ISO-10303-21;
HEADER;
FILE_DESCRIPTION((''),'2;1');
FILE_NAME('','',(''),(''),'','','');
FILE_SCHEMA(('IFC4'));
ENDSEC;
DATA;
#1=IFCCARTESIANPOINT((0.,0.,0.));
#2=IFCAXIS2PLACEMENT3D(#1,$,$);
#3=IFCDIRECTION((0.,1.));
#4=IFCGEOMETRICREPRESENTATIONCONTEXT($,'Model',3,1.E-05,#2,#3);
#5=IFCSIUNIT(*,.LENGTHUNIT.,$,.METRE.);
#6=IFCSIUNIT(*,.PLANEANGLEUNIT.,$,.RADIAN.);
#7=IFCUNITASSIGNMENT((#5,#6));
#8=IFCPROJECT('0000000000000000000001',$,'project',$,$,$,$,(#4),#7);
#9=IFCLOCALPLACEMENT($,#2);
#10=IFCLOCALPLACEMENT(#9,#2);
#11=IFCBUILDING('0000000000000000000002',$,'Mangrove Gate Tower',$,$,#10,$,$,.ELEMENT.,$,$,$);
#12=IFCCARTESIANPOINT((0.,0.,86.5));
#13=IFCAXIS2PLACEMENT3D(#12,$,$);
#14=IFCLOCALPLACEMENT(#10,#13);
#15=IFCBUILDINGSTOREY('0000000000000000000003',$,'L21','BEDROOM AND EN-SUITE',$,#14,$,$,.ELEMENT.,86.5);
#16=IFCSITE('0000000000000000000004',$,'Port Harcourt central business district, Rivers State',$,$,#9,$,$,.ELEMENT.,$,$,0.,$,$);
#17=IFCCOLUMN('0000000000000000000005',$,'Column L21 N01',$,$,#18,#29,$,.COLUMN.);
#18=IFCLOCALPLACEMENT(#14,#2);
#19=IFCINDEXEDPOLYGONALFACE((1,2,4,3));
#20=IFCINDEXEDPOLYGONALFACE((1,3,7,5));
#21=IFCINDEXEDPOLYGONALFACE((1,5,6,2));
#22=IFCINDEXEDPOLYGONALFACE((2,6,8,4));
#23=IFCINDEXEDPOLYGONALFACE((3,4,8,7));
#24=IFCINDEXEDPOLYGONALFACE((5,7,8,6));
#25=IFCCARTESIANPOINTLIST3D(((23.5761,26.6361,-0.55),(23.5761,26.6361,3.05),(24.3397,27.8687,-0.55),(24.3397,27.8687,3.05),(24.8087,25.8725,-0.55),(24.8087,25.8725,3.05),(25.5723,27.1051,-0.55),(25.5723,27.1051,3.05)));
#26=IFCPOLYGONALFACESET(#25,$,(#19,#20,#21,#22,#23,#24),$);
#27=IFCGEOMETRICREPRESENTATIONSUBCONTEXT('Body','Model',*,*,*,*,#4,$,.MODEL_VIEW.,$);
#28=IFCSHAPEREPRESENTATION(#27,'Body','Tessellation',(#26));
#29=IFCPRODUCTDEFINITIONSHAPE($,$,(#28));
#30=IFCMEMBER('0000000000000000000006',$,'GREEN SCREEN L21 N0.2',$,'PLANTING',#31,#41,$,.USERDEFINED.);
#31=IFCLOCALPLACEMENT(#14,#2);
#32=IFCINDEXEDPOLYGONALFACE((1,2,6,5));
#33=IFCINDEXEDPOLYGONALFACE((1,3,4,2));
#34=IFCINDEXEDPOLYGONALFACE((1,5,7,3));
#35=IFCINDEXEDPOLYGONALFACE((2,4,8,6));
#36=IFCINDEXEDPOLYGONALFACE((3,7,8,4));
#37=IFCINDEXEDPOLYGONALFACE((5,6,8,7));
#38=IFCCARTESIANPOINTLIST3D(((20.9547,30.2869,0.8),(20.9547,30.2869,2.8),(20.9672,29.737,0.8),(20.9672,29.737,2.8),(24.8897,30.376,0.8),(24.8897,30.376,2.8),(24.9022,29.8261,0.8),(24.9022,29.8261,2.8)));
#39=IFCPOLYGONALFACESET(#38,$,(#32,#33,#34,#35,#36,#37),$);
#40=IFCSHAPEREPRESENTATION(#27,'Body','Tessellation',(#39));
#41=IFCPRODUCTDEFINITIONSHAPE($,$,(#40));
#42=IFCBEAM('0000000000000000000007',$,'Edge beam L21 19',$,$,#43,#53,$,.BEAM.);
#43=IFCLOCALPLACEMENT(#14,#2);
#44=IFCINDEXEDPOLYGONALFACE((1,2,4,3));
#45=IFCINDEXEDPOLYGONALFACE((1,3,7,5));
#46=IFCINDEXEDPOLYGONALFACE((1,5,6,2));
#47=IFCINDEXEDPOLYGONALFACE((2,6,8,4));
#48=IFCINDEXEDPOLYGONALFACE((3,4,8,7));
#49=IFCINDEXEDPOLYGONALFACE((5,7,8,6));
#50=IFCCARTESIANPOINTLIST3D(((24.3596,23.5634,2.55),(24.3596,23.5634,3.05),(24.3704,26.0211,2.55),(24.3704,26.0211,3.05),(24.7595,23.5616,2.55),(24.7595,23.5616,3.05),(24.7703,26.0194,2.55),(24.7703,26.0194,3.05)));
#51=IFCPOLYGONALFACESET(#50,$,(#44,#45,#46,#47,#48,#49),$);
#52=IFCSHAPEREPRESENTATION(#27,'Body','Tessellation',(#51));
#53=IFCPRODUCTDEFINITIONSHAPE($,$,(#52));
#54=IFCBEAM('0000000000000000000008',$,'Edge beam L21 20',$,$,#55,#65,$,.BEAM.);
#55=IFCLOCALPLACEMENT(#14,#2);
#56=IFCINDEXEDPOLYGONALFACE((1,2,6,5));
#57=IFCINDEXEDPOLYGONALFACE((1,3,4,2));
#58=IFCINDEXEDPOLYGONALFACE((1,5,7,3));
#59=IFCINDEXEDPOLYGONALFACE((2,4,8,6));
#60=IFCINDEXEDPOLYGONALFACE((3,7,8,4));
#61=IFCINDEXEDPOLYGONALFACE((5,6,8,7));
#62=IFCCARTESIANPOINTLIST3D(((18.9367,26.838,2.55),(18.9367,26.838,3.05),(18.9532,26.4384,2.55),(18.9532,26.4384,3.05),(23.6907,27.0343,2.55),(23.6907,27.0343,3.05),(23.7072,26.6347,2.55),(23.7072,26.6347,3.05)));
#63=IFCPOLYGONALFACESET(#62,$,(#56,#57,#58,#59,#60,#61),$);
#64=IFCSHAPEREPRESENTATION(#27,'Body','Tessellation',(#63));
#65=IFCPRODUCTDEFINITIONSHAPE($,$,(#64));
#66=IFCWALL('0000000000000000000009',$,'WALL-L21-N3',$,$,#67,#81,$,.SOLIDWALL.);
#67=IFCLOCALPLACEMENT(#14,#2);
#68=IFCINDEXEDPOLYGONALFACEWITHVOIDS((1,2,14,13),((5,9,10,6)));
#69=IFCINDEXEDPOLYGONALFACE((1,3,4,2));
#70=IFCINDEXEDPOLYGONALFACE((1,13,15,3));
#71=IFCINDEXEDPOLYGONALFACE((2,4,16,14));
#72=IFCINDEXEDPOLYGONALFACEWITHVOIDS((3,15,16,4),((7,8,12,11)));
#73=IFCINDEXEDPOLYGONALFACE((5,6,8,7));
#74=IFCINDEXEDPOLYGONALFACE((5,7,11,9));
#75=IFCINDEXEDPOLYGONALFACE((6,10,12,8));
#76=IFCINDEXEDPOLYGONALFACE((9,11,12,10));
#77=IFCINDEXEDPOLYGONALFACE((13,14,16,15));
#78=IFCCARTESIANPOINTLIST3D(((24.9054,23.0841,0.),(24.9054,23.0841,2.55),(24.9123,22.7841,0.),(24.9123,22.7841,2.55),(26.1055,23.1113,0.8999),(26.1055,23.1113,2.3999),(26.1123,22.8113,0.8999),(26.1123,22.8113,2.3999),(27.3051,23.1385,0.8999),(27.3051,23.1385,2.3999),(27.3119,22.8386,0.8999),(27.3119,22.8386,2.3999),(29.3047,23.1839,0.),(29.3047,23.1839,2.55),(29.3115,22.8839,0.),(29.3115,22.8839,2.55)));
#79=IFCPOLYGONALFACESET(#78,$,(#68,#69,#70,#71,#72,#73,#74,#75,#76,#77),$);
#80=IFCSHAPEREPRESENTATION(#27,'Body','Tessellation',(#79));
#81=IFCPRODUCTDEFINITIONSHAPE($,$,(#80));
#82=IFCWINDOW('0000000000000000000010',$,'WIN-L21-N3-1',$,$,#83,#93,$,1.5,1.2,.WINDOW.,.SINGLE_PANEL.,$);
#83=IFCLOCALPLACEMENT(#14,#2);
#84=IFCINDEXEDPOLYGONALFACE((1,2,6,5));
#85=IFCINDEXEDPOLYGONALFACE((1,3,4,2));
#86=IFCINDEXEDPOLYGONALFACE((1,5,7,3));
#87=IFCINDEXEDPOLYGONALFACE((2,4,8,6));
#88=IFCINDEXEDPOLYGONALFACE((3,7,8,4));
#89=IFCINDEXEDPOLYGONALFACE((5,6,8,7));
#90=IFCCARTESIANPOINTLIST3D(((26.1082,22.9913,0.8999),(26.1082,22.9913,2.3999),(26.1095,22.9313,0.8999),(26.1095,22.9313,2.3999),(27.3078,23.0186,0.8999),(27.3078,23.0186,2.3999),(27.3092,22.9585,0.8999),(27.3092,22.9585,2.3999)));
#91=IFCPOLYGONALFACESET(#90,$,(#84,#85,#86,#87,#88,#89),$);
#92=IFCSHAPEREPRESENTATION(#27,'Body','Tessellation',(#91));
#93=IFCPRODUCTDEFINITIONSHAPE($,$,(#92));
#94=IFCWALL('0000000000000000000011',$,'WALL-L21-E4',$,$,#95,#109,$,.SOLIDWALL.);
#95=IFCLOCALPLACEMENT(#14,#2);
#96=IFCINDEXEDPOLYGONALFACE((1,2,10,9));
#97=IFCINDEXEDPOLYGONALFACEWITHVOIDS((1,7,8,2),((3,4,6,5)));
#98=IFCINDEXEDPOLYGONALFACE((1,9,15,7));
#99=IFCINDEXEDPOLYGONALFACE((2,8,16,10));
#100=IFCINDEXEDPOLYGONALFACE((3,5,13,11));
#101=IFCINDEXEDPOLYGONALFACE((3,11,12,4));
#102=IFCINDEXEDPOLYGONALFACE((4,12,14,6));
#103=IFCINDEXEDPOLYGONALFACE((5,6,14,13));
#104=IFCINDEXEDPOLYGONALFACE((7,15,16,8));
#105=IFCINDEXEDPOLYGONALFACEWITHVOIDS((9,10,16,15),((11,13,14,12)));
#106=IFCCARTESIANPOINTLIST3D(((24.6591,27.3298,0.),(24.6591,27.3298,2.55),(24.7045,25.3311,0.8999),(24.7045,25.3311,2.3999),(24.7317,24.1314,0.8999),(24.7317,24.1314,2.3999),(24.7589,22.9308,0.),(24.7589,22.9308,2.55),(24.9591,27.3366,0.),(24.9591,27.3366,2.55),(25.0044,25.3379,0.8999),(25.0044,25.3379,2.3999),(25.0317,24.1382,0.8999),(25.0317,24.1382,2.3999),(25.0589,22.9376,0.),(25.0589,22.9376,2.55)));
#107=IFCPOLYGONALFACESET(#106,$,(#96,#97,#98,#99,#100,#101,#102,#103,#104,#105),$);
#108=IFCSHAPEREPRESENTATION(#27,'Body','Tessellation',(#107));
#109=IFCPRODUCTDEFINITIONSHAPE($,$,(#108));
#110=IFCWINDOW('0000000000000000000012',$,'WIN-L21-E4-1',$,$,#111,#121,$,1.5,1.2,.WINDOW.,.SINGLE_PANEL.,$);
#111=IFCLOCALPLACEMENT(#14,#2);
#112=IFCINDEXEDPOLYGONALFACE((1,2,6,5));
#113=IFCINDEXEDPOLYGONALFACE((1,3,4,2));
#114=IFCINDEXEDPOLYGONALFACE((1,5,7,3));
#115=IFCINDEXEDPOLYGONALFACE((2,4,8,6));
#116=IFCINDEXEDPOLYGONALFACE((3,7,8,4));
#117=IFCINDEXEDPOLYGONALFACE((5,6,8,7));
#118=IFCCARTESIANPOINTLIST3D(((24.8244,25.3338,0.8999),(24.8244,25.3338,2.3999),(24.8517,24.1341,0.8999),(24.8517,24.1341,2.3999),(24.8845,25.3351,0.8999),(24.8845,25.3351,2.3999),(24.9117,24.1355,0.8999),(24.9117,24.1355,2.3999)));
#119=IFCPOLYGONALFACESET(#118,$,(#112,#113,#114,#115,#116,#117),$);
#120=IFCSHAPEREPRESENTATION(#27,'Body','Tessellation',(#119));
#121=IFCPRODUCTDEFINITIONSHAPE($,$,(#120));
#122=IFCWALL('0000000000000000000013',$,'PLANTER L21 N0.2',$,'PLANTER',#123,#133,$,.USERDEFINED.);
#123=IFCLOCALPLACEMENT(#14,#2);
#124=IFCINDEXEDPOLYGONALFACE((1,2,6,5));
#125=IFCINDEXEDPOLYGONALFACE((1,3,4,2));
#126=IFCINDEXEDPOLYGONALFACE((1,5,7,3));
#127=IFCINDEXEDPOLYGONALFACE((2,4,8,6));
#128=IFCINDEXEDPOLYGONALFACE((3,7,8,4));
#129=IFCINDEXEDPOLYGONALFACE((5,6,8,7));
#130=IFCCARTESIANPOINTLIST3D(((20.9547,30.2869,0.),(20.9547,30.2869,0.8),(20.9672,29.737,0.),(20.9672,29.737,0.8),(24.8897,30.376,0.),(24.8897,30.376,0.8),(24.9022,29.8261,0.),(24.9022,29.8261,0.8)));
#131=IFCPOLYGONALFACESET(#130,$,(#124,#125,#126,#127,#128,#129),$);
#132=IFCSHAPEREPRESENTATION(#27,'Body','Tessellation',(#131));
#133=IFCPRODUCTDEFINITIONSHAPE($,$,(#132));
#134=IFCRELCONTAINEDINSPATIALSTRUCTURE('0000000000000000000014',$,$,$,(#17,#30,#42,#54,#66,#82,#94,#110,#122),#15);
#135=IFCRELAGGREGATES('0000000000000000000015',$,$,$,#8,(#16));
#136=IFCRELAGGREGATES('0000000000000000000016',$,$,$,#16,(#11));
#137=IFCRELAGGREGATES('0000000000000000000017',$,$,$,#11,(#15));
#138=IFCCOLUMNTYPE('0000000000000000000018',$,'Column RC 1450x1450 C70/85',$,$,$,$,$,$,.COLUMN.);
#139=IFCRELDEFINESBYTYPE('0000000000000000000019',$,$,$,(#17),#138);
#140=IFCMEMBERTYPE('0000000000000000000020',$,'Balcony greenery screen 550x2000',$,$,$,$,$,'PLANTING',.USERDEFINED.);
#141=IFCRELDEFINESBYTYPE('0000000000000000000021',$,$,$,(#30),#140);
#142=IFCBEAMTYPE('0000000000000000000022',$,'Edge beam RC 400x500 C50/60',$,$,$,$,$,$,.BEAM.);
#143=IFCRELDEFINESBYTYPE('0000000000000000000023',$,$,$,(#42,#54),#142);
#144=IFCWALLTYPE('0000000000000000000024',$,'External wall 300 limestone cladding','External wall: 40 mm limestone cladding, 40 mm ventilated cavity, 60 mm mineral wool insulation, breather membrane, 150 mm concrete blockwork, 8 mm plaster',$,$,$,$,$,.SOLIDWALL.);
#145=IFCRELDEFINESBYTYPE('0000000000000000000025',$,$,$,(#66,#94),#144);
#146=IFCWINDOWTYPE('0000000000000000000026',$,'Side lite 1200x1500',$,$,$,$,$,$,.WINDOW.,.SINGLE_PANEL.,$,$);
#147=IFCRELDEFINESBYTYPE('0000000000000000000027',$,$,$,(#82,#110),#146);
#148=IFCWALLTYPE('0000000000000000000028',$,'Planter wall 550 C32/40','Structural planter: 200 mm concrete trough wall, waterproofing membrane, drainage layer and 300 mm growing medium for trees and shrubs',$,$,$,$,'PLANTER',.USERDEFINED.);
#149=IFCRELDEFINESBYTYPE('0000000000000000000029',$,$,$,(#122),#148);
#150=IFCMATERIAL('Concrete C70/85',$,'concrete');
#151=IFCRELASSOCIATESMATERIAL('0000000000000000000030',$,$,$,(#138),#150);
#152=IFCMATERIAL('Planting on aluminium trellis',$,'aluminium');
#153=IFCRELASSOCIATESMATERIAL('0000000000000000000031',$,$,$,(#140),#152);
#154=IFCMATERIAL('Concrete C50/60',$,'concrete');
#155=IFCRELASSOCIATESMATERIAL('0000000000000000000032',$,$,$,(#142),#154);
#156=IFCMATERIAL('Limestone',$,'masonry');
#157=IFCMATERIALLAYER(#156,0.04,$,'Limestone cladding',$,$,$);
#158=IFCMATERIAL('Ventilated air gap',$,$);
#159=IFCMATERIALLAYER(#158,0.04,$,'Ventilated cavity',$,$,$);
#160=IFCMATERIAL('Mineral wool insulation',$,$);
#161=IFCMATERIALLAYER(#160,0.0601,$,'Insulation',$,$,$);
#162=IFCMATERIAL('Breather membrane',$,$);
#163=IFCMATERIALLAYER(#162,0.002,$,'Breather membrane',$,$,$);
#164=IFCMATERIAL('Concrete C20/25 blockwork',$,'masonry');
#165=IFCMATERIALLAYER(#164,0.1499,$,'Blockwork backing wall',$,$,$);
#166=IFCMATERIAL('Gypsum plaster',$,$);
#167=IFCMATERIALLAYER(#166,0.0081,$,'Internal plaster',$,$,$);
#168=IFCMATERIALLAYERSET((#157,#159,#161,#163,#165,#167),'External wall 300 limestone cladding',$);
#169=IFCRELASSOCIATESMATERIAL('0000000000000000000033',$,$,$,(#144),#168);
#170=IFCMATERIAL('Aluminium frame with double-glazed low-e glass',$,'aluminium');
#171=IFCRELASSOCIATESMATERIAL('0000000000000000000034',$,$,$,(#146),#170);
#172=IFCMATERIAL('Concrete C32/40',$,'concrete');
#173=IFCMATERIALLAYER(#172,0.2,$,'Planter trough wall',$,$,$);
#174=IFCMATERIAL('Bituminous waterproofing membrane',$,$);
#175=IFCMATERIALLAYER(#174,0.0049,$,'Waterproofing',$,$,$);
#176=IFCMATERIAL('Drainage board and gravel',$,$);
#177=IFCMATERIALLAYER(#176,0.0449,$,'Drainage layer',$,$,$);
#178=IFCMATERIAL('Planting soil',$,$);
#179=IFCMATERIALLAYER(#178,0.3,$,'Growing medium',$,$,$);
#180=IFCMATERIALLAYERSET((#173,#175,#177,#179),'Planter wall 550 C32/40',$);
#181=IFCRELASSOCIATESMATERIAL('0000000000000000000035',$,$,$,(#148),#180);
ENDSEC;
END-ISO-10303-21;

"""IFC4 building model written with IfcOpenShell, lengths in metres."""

from ifc_helpers import new_model, si_unit, direction, frame, frame_2d, origin, origin_2d, place, context, subcontext, project, spatial, rectangle, extrude, material, layer, layer_set, material_profile, profile_set, type_object, element, fill, save


model = new_model("IFC4")

# Units and contexts
model_context = context("Model", 3, precision=1e-05, world=origin(), true_north=direction((0.0, 1.0)))
body_context = subcontext(model_context, "Body", "Model", "MODEL_VIEW")
ifc_project = project(units=[si_unit("LENGTHUNIT", "METRE"), si_unit("PLANEANGLEUNIT", "RADIAN")], contexts=[model_context])

# Site, building, storey
site_placement = place(None, origin())
site = spatial("IfcSite", under=ifc_project, at=site_placement, Name="Port Harcourt central business district, Rivers State", CompositionType="ELEMENT", RefElevation=0.0)
building_placement = place(site_placement, origin())
building = spatial("IfcBuilding", under=site, at=building_placement, Name="Mangrove Gate Tower", CompositionType="ELEMENT")
storey_placement = place(building_placement, frame((0.0, 0.0, 86.5)))
storey = spatial("IfcBuildingStorey", under=building, at=storey_placement, Name="L21", Description="BEDROOM AND EN-SUITE", CompositionType="ELEMENT", Elevation=86.5)

# Column
ifc_material_1 = material(Name="Concrete C70/85", Category="concrete")
ifc_material_profile_1 = material_profile(ifc_material_1, rectangle(XDim=1.45, YDim=1.45, at=origin_2d()))
ifc_profile_set_1 = profile_set([ifc_material_profile_1], Name="Concrete C70/85")
column_type = type_object("IfcColumnType", Name="Column RC 1450x1450 C70/85", PredefinedType="COLUMN", material=ifc_profile_set_1)
column_placement = place(storey_placement, frame((24.5742, 26.8706, -0.55), z_axis=(0.0, 0.0, 1.0), x_axis=(-0.850083, 0.526649, 0.0)))
element("IfcColumn", 1, at=column_placement, inside=storey, type_object=column_type, Name="Column L21 N01", PredefinedType="COLUMN", context=body_context, shape_type="SweptSolid", body=[
    extrude(rectangle(XDim=1.45, YDim=1.45, at=origin_2d()), origin(), (0.0, 0.0, 1.0), 3.6001),
])

# Member
ifc_material_2 = material(Name="Planting on aluminium trellis", Category="aluminium")
ifc_material_profile_2 = material_profile(ifc_material_2, rectangle(XDim=0.55, YDim=2.0, at=origin_2d()))
ifc_profile_set_2 = profile_set([ifc_material_profile_2], Name="Planting on aluminium trellis")
member_type = type_object("IfcMemberType", Name="Balcony greenery screen 550x2000", ElementType="PLANTING", PredefinedType="USERDEFINED", material=ifc_profile_set_2)
member_placement = place(storey_placement, frame((20.9609, 30.012, 1.8), z_axis=(0.999744, 0.02264, 0.0), x_axis=(-0.02264, 0.999744, 0.0)))
element("IfcMember", 2, at=member_placement, inside=storey, type_object=member_type, Name="GREEN SCREEN L21 N0.2", ObjectType="PLANTING", PredefinedType="USERDEFINED", context=body_context, shape_type="SweptSolid", body=[
    extrude(rectangle(XDim=0.55, YDim=2.0, at=origin_2d()), origin(), (0.0, 0.0, 1.0), 3.936),
])

# Beams
ifc_material_3 = material(Name="Concrete C50/60", Category="concrete")
ifc_material_profile_3 = material_profile(ifc_material_3, rectangle(XDim=0.3999, YDim=0.5, at=origin_2d()))
ifc_profile_set_3 = profile_set([ifc_material_profile_3], Name="Concrete C50/60")
beam_type = type_object("IfcBeamType", Name="Edge beam RC 400x500 C50/60", PredefinedType="BEAM", material=ifc_profile_set_3)
beam_1_placement = place(storey_placement, frame((24.5596, 23.5625, 2.8), z_axis=(0.004371, 0.99999, 0.0), x_axis=(-0.99999, 0.004371, 0.0)))
element("IfcBeam", 3, at=beam_1_placement, inside=storey, type_object=beam_type, Name="Edge beam L21 19", PredefinedType="BEAM", context=body_context, shape_type="SweptSolid", body=[
    extrude(rectangle(XDim=0.3999, YDim=0.5, at=origin_2d()), origin(), (0.0, 0.0, 1.0), 2.4578),
])
beam_2_placement = place(storey_placement, frame((23.699, 26.8345, 2.8), z_axis=(-0.999149, -0.041255, 0.0), x_axis=(0.041255, -0.999149, 0.0)))
element("IfcBeam", 4, at=beam_2_placement, inside=storey, type_object=beam_type, Name="Edge beam L21 20", PredefinedType="BEAM", context=body_context, shape_type="SweptSolid", body=[
    extrude(rectangle(XDim=0.3999, YDim=0.5, at=origin_2d()), origin(), (0.0, 0.0, 1.0), 4.7581),
])

# Walls, openings, windows
ifc_material_4 = material(Name="Limestone", Category="masonry")
ifc_layer_1 = layer(ifc_material_4, 0.04, Name="Limestone cladding")
ifc_material_5 = material(Name="Ventilated air gap")
ifc_layer_2 = layer(ifc_material_5, 0.04, Name="Ventilated cavity")
ifc_material_6 = material(Name="Mineral wool insulation")
ifc_layer_3 = layer(ifc_material_6, 0.0601, Name="Insulation")
ifc_material_7 = material(Name="Breather membrane")
ifc_layer_4 = layer(ifc_material_7, 0.002, Name="Breather membrane")
ifc_material_8 = material(Name="Concrete C20/25 blockwork", Category="masonry")
ifc_layer_5 = layer(ifc_material_8, 0.1499, Name="Blockwork backing wall")
ifc_material_9 = material(Name="Gypsum plaster")
ifc_layer_6 = layer(ifc_material_9, 0.0081, Name="Internal plaster")
ifc_layer_set_1 = layer_set([ifc_layer_1, ifc_layer_2, ifc_layer_3, ifc_layer_4, ifc_layer_5, ifc_layer_6], Name="External wall 300 limestone cladding")
wall_type_1 = type_object("IfcWallType", Name="External wall 300 limestone cladding", Description="External wall: 40 mm limestone cladding, 40 mm ventilated cavity, 60 mm mineral wool insulation, breather membrane, 150 mm concrete blockwork, 8 mm plaster", PredefinedType="SOLIDWALL", material=ifc_layer_set_1)
wall_1_placement = place(storey_placement, frame((29.3081, 23.0339, 0.0), z_axis=(0.0, 0.0, 1.0), x_axis=(-0.999742, -0.022692, 0.0)))
wall_1 = element("IfcWall", 5, at=wall_1_placement, inside=storey, type_object=wall_type_1, Name="WALL-L21-N3", PredefinedType="SOLIDWALL", context=body_context, shape_type="SweptSolid", body=[
    extrude(rectangle(XDim=4.4004, YDim=0.3, at=frame_2d((2.2002, 0.0))), origin(), (0.0, 0.0, 1.0), 2.55),
])
opening_1_placement = place(wall_1_placement, frame((2.0, 0.0, 0.8999)))
opening_1 = element("IfcOpeningElement", 6, at=opening_1_placement, cuts=wall_1, PredefinedType="OPENING", context=body_context, shape_type="SweptSolid", body=[
    extrude(rectangle(XDim=1.2, YDim=1.5, at=frame_2d((0.6001, 0.75))), frame((0.0, 0.1599, 0.0), z_axis=(0.0, -1.0, 0.0), x_axis=(1.0, 0.0, 0.0)), (0.0, 0.0, 1.0), 0.3201),
])
ifc_material_10 = material(Name="Aluminium frame with double-glazed low-e glass", Category="aluminium")
window_type_1 = type_object("IfcWindowType", Name="Side lite 1200x1500", PartitioningType="SINGLE_PANEL", PredefinedType="WINDOW", material=ifc_material_10)
window_1_placement = place(opening_1_placement, origin())
window_1 = element("IfcWindow", 7, at=window_1_placement, inside=storey, type_object=window_type_1, Name="WIN-L21-N3-1", OverallHeight=1.5, OverallWidth=1.2, PartitioningType="SINGLE_PANEL", PredefinedType="WINDOW", context=body_context, shape_type="SweptSolid", body=[
    extrude(rectangle(XDim=1.2, YDim=1.5, at=frame_2d((0.6001, 0.75))), frame((0.0, 0.03, 0.0), z_axis=(0.0, -1.0, 0.0), x_axis=(1.0, 0.0, 0.0)), (0.0, 0.0, 1.0), 0.0601),
])
fill(opening_1, window_1)
wall_2_placement = place(storey_placement, frame((24.9089, 22.9341, 0.0), z_axis=(0.0, 0.0, 1.0), x_axis=(-0.022694, 0.999742, 0.0)))
wall_2 = element("IfcWall", 8, at=wall_2_placement, inside=storey, type_object=wall_type_1, Name="WALL-L21-E4", PredefinedType="SOLIDWALL", context=body_context, shape_type="SweptSolid", body=[
    extrude(rectangle(XDim=4.4001, YDim=0.3, at=frame_2d((2.2002, 0.0))), origin(), (0.0, 0.0, 1.0), 2.55),
])
opening_2_placement = place(wall_2_placement, frame((1.2009, 0.0, 0.8999)))
opening_2 = element("IfcOpeningElement", 9, at=opening_2_placement, cuts=wall_2, PredefinedType="OPENING", context=body_context, shape_type="SweptSolid", body=[
    extrude(rectangle(XDim=1.2, YDim=1.5, at=frame_2d((0.6001, 0.75))), frame((0.0, 0.1599, 0.0), z_axis=(0.0, -1.0, 0.0), x_axis=(1.0, 0.0, 0.0)), (0.0, 0.0, 1.0), 0.3201),
])
window_2_placement = place(opening_2_placement, origin())
window_2 = element("IfcWindow", 10, at=window_2_placement, inside=storey, type_object=window_type_1, Name="WIN-L21-E4-1", OverallHeight=1.5, OverallWidth=1.2, PartitioningType="SINGLE_PANEL", PredefinedType="WINDOW", context=body_context, shape_type="SweptSolid", body=[
    extrude(rectangle(XDim=1.2, YDim=1.5, at=frame_2d((0.6001, 0.75))), frame((0.0, 0.03, 0.0), z_axis=(0.0, -1.0, 0.0), x_axis=(1.0, 0.0, 0.0)), (0.0, 0.0, 1.0), 0.0601),
])
fill(opening_2, window_2)

# Wall
ifc_material_11 = material(Name="Concrete C32/40", Category="concrete")
ifc_layer_7 = layer(ifc_material_11, 0.2, Name="Planter trough wall")
ifc_material_12 = material(Name="Bituminous waterproofing membrane")
ifc_layer_8 = layer(ifc_material_12, 0.0049, Name="Waterproofing")
ifc_material_13 = material(Name="Drainage board and gravel")
ifc_layer_9 = layer(ifc_material_13, 0.0449, Name="Drainage layer")
ifc_material_14 = material(Name="Planting soil")
ifc_layer_10 = layer(ifc_material_14, 0.3, Name="Growing medium")
ifc_layer_set_2 = layer_set([ifc_layer_7, ifc_layer_8, ifc_layer_9, ifc_layer_10], Name="Planter wall 550 C32/40")
wall_type_2 = type_object("IfcWallType", Name="Planter wall 550 C32/40", Description="Structural planter: 200 mm concrete trough wall, waterproofing membrane, drainage layer and 300 mm growing medium for trees and shrubs", ElementType="PLANTER", PredefinedType="USERDEFINED", material=ifc_layer_set_2)
wall_3_placement = place(storey_placement, frame((20.9609, 30.012, 0.0), z_axis=(0.0, 0.0, 1.0), x_axis=(0.999744, 0.02264, 0.0)))
element("IfcWall", 11, at=wall_3_placement, inside=storey, type_object=wall_type_2, Name="PLANTER L21 N0.2", ObjectType="PLANTER", PredefinedType="USERDEFINED", context=body_context, shape_type="SweptSolid", body=[
    extrude(rectangle(XDim=3.936, YDim=0.55, at=frame_2d((1.968, 0.0))), origin(), (0.0, 0.0, 1.0), 0.8),
])

save(model, "model.ifc")
